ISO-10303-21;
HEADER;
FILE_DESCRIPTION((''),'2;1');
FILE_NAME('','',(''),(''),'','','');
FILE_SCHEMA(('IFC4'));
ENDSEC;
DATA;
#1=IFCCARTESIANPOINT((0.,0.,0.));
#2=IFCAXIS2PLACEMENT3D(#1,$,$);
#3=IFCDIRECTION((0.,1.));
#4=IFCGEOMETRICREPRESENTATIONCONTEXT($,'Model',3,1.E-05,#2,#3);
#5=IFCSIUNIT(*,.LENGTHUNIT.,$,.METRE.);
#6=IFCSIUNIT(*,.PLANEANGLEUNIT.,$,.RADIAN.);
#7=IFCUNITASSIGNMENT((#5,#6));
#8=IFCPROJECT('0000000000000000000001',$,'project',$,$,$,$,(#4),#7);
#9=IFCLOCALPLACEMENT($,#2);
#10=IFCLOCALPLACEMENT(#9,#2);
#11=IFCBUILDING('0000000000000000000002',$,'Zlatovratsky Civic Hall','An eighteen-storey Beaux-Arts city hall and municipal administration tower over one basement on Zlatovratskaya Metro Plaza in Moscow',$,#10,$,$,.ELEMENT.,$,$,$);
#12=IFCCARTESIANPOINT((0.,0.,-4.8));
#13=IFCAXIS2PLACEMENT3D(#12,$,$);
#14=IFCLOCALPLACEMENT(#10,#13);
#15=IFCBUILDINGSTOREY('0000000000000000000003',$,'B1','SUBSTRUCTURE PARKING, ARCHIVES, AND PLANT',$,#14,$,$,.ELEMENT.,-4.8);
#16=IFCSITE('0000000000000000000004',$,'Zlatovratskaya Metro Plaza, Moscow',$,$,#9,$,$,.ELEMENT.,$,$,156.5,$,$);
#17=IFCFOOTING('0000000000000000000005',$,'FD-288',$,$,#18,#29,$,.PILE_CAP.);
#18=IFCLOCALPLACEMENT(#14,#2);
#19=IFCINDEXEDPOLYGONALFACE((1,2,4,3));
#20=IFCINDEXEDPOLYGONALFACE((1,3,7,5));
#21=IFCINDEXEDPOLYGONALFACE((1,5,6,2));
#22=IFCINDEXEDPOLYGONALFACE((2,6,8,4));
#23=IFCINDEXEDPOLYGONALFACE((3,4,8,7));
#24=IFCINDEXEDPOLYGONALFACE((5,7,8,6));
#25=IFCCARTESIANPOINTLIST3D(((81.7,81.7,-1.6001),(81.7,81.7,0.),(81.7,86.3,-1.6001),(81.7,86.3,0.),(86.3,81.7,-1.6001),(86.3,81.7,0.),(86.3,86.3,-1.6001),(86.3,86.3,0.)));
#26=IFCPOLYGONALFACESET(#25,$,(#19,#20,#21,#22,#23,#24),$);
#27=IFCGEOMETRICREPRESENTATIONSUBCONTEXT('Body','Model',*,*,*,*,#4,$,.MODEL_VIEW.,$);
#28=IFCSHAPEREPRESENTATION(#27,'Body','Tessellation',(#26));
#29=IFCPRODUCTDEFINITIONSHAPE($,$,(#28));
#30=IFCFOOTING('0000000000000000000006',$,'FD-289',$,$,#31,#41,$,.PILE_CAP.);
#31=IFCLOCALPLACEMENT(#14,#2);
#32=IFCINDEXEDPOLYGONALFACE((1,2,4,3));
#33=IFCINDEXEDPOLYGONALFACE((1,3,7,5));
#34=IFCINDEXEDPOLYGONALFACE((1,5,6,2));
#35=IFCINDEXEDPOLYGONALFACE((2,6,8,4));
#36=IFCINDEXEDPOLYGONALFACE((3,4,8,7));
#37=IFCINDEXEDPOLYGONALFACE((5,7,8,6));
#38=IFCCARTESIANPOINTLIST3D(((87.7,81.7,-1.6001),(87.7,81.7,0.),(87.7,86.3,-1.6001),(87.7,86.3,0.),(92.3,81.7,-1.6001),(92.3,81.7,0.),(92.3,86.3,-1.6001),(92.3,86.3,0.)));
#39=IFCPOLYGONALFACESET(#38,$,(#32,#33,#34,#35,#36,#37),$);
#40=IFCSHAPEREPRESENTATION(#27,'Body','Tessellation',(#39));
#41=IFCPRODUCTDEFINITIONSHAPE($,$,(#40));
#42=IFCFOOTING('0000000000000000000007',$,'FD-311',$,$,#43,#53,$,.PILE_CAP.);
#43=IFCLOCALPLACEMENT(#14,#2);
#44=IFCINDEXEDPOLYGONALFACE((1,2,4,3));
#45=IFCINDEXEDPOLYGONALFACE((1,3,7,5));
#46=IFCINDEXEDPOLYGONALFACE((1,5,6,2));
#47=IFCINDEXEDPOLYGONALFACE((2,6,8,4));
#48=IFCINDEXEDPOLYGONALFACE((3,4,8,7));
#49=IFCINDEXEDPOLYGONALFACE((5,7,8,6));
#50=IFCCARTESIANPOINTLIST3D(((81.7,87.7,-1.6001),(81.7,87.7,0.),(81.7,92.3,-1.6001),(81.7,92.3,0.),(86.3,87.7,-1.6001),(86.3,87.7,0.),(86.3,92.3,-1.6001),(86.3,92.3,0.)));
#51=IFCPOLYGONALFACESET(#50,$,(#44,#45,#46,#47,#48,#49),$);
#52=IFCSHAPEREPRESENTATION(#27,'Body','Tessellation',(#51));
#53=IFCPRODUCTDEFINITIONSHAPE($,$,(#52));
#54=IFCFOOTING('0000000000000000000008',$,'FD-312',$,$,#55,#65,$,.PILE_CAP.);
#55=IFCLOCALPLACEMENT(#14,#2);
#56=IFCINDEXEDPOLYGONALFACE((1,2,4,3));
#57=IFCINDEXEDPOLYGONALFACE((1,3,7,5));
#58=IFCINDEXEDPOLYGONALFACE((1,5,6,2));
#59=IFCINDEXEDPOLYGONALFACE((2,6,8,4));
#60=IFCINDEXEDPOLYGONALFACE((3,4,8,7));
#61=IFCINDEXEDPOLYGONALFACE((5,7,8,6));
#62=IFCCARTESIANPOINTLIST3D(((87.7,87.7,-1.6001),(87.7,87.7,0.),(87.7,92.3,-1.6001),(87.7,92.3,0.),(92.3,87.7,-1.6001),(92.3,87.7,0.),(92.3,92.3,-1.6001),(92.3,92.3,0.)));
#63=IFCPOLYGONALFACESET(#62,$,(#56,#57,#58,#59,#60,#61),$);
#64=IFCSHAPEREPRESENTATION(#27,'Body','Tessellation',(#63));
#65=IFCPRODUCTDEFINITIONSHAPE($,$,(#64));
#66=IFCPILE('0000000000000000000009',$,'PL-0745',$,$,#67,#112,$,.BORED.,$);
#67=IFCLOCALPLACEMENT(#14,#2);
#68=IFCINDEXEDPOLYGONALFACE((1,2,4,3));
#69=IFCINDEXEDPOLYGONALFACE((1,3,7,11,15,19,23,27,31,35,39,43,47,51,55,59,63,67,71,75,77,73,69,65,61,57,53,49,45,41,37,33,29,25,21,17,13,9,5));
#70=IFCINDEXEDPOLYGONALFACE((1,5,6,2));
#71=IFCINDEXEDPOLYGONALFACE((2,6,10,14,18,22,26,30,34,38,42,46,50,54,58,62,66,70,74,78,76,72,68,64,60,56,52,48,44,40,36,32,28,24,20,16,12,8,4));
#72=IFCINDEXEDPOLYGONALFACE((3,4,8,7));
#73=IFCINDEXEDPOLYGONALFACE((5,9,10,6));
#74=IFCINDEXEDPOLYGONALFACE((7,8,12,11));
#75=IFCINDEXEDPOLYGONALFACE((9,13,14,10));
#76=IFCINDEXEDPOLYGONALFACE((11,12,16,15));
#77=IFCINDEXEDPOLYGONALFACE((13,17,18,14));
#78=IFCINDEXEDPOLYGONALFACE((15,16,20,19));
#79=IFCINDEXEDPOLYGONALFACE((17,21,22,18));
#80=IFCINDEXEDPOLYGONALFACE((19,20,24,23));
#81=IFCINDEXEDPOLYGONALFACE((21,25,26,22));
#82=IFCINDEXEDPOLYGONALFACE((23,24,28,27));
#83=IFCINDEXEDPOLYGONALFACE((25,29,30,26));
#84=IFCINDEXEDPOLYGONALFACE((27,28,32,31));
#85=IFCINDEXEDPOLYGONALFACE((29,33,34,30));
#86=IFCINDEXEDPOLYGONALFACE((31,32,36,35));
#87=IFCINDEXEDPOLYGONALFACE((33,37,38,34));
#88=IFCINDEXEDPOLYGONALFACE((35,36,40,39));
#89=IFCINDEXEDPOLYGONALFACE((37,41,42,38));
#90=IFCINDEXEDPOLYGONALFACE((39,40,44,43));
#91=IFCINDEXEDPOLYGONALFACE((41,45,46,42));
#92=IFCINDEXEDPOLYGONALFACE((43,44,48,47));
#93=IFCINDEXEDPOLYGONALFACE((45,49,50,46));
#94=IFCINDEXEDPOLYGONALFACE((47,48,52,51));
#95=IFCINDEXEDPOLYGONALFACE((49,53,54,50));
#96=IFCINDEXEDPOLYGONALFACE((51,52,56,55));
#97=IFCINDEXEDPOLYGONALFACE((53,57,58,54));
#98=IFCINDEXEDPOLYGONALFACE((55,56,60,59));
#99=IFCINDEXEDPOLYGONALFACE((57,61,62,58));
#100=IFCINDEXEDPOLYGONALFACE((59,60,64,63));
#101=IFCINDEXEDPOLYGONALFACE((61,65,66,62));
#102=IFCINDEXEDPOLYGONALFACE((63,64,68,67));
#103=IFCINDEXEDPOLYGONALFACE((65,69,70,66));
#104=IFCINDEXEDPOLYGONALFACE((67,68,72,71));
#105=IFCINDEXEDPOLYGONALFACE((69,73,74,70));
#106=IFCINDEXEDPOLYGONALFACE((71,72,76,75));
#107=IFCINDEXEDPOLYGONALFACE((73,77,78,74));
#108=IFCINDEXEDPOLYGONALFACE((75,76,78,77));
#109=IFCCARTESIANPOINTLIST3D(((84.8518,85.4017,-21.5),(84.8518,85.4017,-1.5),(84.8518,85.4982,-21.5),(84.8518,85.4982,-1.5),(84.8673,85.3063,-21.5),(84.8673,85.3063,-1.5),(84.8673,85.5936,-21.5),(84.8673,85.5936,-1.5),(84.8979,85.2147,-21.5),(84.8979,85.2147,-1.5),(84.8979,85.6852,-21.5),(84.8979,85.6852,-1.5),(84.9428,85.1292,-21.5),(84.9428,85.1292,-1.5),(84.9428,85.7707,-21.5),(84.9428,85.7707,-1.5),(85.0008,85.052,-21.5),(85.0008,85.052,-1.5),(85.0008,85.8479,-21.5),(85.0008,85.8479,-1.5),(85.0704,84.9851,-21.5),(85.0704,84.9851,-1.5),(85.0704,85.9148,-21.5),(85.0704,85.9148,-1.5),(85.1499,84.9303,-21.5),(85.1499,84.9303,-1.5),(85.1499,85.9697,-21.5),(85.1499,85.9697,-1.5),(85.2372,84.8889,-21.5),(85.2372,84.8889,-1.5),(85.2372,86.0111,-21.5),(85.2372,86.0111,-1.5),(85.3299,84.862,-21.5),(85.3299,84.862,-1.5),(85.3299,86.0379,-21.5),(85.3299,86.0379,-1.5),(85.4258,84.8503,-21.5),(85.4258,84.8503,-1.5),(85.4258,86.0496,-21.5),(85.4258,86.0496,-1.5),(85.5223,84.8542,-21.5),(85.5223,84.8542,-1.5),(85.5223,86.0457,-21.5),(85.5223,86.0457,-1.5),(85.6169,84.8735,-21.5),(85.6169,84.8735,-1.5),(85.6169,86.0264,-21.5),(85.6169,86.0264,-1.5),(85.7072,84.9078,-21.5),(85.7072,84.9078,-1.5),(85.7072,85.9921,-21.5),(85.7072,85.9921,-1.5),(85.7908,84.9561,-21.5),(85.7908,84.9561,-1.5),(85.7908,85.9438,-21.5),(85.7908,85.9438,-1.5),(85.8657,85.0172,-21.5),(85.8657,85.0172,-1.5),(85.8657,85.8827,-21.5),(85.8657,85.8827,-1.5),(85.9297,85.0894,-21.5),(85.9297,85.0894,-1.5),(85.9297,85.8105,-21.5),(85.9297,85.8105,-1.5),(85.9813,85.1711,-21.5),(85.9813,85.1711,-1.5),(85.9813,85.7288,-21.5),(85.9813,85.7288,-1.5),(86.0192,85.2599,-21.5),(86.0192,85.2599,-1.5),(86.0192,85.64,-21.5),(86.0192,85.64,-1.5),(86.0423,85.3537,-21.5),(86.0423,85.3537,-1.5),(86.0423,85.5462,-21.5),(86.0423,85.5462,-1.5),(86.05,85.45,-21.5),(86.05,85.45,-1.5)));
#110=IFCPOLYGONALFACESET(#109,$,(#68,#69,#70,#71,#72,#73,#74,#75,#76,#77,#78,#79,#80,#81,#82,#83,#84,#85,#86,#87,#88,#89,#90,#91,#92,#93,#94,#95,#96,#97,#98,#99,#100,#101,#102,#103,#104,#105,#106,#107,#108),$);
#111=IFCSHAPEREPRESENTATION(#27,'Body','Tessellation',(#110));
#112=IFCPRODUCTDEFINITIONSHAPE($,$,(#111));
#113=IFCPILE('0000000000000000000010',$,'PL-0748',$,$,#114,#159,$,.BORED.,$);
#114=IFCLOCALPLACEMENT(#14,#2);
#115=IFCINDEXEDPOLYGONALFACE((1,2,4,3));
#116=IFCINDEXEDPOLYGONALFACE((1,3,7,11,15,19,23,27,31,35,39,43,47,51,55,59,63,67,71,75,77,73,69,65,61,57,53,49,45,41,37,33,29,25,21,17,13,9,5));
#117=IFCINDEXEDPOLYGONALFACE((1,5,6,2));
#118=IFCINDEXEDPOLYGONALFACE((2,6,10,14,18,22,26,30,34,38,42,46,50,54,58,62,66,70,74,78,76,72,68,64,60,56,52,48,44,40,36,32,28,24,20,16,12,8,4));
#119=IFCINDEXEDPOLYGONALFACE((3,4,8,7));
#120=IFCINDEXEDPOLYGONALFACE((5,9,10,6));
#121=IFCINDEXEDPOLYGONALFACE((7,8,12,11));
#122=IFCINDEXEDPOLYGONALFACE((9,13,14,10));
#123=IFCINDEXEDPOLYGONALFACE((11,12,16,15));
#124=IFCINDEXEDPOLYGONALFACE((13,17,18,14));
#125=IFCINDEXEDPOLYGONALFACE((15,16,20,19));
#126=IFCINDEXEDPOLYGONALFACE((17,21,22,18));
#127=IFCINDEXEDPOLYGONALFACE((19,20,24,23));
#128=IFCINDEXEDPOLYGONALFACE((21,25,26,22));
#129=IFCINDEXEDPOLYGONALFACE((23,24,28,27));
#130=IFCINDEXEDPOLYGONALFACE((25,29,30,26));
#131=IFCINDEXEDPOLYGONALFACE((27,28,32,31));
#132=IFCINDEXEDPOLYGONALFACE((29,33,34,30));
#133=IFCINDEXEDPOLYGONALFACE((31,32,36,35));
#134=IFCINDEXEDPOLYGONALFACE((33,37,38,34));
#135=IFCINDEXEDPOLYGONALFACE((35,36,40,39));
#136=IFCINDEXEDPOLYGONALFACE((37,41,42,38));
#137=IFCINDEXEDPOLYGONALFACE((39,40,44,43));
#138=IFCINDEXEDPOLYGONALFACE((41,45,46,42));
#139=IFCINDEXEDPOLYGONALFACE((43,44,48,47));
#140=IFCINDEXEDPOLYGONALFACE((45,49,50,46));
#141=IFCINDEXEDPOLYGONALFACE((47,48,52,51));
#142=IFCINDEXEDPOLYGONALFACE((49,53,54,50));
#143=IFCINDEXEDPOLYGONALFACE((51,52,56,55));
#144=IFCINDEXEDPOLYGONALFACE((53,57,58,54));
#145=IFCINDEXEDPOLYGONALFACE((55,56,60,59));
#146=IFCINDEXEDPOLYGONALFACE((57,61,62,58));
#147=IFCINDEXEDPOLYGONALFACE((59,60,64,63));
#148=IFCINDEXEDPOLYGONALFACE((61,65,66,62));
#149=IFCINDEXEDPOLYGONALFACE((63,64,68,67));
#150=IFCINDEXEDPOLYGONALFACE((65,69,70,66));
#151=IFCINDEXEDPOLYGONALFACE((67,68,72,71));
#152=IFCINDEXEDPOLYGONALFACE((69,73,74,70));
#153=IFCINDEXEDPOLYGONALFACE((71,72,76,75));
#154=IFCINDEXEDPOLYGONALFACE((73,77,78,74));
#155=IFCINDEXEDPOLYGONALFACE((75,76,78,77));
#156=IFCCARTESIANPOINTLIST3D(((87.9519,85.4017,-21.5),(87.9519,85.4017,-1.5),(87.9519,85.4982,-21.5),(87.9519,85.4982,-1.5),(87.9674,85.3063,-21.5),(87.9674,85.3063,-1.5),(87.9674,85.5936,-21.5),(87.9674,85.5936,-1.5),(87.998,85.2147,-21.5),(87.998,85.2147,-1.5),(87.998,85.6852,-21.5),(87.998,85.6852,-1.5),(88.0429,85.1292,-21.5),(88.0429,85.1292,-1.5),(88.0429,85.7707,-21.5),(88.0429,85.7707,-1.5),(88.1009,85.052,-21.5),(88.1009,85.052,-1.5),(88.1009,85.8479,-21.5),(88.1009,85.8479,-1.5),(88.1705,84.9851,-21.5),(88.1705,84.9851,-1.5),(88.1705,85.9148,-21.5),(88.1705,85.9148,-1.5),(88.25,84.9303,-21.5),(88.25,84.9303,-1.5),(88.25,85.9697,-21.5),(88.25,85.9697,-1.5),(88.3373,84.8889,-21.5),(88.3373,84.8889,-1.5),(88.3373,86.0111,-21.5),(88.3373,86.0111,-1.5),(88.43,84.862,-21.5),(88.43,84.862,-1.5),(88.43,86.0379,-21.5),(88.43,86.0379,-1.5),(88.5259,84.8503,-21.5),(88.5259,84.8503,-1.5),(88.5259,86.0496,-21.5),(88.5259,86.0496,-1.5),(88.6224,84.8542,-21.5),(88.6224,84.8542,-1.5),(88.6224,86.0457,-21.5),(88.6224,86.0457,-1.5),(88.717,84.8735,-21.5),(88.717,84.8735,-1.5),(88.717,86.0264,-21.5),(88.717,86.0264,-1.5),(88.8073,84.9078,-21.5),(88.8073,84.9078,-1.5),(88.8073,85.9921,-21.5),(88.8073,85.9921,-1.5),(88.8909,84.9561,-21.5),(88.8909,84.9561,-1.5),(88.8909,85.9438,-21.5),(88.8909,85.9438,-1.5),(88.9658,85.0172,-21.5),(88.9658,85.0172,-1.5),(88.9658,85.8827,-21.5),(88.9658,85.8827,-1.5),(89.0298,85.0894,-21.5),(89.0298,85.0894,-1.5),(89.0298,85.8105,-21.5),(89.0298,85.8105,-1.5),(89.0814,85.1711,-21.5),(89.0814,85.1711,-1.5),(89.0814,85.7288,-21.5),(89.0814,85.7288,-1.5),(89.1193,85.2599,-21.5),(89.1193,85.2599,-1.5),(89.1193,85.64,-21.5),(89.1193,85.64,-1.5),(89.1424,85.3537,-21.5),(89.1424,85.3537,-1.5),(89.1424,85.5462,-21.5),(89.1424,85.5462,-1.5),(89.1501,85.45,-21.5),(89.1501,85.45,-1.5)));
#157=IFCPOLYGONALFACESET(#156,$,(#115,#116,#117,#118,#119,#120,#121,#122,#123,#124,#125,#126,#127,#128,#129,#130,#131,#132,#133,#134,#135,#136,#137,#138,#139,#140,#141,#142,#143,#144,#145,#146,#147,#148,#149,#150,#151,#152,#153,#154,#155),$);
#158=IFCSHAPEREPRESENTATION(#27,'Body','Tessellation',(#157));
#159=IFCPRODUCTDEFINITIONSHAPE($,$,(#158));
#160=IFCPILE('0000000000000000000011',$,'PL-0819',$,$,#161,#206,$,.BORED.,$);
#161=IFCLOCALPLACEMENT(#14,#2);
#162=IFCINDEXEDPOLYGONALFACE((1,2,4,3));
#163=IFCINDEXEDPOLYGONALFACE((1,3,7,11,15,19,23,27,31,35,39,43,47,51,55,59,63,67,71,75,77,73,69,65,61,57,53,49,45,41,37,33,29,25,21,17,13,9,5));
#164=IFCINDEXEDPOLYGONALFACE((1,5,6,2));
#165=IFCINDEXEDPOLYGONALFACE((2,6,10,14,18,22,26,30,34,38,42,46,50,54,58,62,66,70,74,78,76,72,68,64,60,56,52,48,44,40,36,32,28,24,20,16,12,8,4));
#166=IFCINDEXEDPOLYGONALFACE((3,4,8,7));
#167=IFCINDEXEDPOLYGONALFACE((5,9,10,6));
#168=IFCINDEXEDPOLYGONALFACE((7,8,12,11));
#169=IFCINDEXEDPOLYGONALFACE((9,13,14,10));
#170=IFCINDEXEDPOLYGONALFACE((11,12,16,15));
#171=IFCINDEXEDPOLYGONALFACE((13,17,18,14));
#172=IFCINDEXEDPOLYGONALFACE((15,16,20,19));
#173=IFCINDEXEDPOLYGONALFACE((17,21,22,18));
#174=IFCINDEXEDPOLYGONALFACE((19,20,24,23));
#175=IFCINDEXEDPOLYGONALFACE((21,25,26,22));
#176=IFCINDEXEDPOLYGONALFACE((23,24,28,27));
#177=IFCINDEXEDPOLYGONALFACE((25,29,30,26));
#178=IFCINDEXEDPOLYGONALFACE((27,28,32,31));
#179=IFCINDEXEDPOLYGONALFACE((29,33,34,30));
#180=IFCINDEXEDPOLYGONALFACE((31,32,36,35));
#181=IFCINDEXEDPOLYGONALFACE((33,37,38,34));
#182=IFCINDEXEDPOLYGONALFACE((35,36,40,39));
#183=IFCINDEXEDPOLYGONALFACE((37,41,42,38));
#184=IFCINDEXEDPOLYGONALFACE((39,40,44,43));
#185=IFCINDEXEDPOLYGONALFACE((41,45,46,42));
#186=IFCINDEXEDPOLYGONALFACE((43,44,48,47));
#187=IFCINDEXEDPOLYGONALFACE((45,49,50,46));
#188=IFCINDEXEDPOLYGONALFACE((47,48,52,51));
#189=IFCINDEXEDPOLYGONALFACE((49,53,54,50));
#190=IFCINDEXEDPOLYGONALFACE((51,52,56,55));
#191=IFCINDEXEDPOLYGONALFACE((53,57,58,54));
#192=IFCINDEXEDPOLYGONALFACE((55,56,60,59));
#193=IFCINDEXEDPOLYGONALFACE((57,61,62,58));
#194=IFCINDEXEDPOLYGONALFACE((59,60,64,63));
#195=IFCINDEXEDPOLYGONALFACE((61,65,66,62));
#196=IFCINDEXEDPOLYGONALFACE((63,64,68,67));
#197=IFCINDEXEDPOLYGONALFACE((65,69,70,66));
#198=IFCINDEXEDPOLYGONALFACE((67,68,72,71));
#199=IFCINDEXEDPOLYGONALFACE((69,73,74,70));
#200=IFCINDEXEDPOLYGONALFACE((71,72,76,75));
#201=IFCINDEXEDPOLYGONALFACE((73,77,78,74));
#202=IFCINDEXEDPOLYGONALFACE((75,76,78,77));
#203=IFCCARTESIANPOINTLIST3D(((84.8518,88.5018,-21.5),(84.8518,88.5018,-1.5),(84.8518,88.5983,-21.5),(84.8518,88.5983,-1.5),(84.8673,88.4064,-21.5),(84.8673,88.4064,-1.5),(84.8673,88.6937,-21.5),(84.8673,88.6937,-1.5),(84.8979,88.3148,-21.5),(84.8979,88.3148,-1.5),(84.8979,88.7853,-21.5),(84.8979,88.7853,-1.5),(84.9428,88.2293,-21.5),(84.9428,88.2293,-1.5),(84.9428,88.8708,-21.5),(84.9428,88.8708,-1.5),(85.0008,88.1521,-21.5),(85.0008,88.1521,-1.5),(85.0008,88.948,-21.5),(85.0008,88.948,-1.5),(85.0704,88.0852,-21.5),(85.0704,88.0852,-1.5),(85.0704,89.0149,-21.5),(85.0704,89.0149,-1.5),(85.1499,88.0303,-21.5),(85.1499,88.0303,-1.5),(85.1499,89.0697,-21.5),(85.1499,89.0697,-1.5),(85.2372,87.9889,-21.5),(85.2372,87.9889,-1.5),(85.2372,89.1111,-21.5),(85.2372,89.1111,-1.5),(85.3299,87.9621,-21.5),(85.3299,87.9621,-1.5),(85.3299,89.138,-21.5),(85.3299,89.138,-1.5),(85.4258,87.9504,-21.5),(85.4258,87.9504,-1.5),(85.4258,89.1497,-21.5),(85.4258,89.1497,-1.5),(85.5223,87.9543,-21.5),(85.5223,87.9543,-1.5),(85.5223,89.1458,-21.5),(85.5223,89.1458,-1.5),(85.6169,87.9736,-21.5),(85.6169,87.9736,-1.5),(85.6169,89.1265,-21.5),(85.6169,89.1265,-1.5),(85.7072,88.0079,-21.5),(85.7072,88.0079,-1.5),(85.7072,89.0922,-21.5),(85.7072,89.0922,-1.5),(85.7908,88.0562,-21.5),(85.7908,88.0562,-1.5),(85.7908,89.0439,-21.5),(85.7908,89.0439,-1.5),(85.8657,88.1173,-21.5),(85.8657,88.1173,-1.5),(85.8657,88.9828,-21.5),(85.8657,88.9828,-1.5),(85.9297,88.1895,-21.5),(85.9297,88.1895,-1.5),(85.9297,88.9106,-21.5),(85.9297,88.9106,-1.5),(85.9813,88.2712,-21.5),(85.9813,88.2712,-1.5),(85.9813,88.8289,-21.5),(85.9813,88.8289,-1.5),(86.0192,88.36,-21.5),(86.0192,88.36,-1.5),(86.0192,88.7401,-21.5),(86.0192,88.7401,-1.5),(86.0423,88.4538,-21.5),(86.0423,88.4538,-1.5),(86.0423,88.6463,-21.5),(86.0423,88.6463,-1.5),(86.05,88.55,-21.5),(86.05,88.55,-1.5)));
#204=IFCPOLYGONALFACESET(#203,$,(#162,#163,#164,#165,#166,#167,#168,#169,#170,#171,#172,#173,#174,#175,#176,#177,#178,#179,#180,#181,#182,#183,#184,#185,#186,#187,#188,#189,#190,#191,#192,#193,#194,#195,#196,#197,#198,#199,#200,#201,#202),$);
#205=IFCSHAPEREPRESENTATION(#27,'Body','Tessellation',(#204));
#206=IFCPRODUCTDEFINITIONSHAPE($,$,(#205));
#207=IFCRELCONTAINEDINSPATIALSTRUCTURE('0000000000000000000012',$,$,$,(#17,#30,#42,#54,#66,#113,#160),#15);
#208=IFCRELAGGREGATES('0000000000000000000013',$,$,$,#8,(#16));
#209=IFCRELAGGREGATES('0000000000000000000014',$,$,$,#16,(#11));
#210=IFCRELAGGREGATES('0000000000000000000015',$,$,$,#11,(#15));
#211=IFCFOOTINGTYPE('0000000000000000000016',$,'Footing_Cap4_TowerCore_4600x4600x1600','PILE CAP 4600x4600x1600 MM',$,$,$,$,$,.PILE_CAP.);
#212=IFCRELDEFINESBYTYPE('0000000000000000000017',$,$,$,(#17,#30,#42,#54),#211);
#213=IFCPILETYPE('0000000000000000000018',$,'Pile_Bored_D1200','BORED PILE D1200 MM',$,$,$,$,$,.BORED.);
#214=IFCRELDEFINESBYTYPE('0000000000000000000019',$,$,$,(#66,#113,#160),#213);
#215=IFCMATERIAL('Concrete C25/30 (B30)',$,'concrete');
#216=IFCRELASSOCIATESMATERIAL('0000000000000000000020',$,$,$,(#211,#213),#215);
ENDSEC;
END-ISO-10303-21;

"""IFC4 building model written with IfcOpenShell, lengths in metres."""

from ifc_helpers import new_model, si_unit, direction, frame, origin, origin_2d, place, context, subcontext, project, spatial, rectangle, circle, extrude, material, material_profile, profile_set, type_object, element, save


model = new_model("IFC4")

# Units and contexts
model_context = context("Model", 3, precision=1e-05, world=origin(), true_north=direction((0.0, 1.0)))
body_context = subcontext(model_context, "Body", "Model", "MODEL_VIEW")
ifc_project = project(units=[si_unit("LENGTHUNIT", "METRE"), si_unit("PLANEANGLEUNIT", "RADIAN")], contexts=[model_context])

# Site, building, storey
site_placement = place(None, origin())
site = spatial("IfcSite", under=ifc_project, at=site_placement, Name="Zlatovratskaya Metro Plaza, Moscow", CompositionType="ELEMENT", RefElevation=156.5)
building_placement = place(site_placement, origin())
building = spatial("IfcBuilding", under=site, at=building_placement, Name="Zlatovratsky Civic Hall", Description="An eighteen-storey Beaux-Arts city hall and municipal administration tower over one basement on Zlatovratskaya Metro Plaza in Moscow", CompositionType="ELEMENT")
storey_placement = place(building_placement, frame((0.0, 0.0, -4.8)))
storey = spatial("IfcBuildingStorey", under=building, at=storey_placement, Name="B1", Description="SUBSTRUCTURE PARKING, ARCHIVES, AND PLANT", CompositionType="ELEMENT", Elevation=-4.8)

# Footings
ifc_material_1 = material(Name="Concrete C25/30 (B30)", Category="concrete")
footing_type = type_object("IfcFootingType", Name="Footing_Cap4_TowerCore_4600x4600x1600", Description="PILE CAP 4600x4600x1600 MM", PredefinedType="PILE_CAP", material=ifc_material_1)
for number, where, z_axis, x_axis, name in (
    (1, (84.0, 84.0, -1.6001), (0.0, 0.0, 1.0), (1.0, 0.0, 0.0), "FD-288"),
    (2, (90.0, 84.0, -1.6001), (0.0, 0.0, 1.0), (1.0, 0.0, 0.0), "FD-289"),
    (3, (84.0, 90.0, -1.6001), (0.0, 0.0, 1.0), (1.0, 0.0, 0.0), "FD-311"),
    (4, (90.0, 90.0, -1.6001), (0.0, 0.0, 1.0), (1.0, 0.0, 0.0), "FD-312"),
):
    element("IfcFooting", number, at=place(storey_placement, frame(where, z_axis=z_axis, x_axis=x_axis)), inside=storey, type_object=footing_type, Name=name, PredefinedType="PILE_CAP", context=body_context, shape_type="SweptSolid", body=[
        extrude(rectangle(XDim=4.6001, YDim=4.6001, at=origin_2d()), origin(), (0.0, 0.0, 1.0), 1.6001),
    ])

# Piles
ifc_material_profile_1 = material_profile(ifc_material_1, circle(Radius=0.6001, at=origin_2d()), Name="PILE D1200")
ifc_profile_set_1 = profile_set([ifc_material_profile_1], Name="Concrete C25/30 (B30)")
pile_type = type_object("IfcPileType", Name="Pile_Bored_D1200", Description="BORED PILE D1200 MM", PredefinedType="BORED", material=ifc_profile_set_1)
for number, where, z_axis, x_axis, name in (
    (5, (85.45, 85.45, -1.5), (0.0, 0.0, -1.0), (1.0, 0.0, 0.0), "PL-0745"),
    (6, (88.55, 85.45, -1.5), (0.0, 0.0, -1.0), (1.0, 0.0, 0.0), "PL-0748"),
    (7, (85.45, 88.55, -1.5), (0.0, 0.0, -1.0), (1.0, 0.0, 0.0), "PL-0819"),
):
    element("IfcPile", number, at=place(storey_placement, frame(where, z_axis=z_axis, x_axis=x_axis)), inside=storey, type_object=pile_type, Name=name, PredefinedType="BORED", context=body_context, shape_type="SweptSolid", body=[
        extrude(circle(Radius=0.6001, at=origin_2d()), origin(), (0.0, 0.0, 1.0), 20.0),
    ])

save(model, "model.ifc")
